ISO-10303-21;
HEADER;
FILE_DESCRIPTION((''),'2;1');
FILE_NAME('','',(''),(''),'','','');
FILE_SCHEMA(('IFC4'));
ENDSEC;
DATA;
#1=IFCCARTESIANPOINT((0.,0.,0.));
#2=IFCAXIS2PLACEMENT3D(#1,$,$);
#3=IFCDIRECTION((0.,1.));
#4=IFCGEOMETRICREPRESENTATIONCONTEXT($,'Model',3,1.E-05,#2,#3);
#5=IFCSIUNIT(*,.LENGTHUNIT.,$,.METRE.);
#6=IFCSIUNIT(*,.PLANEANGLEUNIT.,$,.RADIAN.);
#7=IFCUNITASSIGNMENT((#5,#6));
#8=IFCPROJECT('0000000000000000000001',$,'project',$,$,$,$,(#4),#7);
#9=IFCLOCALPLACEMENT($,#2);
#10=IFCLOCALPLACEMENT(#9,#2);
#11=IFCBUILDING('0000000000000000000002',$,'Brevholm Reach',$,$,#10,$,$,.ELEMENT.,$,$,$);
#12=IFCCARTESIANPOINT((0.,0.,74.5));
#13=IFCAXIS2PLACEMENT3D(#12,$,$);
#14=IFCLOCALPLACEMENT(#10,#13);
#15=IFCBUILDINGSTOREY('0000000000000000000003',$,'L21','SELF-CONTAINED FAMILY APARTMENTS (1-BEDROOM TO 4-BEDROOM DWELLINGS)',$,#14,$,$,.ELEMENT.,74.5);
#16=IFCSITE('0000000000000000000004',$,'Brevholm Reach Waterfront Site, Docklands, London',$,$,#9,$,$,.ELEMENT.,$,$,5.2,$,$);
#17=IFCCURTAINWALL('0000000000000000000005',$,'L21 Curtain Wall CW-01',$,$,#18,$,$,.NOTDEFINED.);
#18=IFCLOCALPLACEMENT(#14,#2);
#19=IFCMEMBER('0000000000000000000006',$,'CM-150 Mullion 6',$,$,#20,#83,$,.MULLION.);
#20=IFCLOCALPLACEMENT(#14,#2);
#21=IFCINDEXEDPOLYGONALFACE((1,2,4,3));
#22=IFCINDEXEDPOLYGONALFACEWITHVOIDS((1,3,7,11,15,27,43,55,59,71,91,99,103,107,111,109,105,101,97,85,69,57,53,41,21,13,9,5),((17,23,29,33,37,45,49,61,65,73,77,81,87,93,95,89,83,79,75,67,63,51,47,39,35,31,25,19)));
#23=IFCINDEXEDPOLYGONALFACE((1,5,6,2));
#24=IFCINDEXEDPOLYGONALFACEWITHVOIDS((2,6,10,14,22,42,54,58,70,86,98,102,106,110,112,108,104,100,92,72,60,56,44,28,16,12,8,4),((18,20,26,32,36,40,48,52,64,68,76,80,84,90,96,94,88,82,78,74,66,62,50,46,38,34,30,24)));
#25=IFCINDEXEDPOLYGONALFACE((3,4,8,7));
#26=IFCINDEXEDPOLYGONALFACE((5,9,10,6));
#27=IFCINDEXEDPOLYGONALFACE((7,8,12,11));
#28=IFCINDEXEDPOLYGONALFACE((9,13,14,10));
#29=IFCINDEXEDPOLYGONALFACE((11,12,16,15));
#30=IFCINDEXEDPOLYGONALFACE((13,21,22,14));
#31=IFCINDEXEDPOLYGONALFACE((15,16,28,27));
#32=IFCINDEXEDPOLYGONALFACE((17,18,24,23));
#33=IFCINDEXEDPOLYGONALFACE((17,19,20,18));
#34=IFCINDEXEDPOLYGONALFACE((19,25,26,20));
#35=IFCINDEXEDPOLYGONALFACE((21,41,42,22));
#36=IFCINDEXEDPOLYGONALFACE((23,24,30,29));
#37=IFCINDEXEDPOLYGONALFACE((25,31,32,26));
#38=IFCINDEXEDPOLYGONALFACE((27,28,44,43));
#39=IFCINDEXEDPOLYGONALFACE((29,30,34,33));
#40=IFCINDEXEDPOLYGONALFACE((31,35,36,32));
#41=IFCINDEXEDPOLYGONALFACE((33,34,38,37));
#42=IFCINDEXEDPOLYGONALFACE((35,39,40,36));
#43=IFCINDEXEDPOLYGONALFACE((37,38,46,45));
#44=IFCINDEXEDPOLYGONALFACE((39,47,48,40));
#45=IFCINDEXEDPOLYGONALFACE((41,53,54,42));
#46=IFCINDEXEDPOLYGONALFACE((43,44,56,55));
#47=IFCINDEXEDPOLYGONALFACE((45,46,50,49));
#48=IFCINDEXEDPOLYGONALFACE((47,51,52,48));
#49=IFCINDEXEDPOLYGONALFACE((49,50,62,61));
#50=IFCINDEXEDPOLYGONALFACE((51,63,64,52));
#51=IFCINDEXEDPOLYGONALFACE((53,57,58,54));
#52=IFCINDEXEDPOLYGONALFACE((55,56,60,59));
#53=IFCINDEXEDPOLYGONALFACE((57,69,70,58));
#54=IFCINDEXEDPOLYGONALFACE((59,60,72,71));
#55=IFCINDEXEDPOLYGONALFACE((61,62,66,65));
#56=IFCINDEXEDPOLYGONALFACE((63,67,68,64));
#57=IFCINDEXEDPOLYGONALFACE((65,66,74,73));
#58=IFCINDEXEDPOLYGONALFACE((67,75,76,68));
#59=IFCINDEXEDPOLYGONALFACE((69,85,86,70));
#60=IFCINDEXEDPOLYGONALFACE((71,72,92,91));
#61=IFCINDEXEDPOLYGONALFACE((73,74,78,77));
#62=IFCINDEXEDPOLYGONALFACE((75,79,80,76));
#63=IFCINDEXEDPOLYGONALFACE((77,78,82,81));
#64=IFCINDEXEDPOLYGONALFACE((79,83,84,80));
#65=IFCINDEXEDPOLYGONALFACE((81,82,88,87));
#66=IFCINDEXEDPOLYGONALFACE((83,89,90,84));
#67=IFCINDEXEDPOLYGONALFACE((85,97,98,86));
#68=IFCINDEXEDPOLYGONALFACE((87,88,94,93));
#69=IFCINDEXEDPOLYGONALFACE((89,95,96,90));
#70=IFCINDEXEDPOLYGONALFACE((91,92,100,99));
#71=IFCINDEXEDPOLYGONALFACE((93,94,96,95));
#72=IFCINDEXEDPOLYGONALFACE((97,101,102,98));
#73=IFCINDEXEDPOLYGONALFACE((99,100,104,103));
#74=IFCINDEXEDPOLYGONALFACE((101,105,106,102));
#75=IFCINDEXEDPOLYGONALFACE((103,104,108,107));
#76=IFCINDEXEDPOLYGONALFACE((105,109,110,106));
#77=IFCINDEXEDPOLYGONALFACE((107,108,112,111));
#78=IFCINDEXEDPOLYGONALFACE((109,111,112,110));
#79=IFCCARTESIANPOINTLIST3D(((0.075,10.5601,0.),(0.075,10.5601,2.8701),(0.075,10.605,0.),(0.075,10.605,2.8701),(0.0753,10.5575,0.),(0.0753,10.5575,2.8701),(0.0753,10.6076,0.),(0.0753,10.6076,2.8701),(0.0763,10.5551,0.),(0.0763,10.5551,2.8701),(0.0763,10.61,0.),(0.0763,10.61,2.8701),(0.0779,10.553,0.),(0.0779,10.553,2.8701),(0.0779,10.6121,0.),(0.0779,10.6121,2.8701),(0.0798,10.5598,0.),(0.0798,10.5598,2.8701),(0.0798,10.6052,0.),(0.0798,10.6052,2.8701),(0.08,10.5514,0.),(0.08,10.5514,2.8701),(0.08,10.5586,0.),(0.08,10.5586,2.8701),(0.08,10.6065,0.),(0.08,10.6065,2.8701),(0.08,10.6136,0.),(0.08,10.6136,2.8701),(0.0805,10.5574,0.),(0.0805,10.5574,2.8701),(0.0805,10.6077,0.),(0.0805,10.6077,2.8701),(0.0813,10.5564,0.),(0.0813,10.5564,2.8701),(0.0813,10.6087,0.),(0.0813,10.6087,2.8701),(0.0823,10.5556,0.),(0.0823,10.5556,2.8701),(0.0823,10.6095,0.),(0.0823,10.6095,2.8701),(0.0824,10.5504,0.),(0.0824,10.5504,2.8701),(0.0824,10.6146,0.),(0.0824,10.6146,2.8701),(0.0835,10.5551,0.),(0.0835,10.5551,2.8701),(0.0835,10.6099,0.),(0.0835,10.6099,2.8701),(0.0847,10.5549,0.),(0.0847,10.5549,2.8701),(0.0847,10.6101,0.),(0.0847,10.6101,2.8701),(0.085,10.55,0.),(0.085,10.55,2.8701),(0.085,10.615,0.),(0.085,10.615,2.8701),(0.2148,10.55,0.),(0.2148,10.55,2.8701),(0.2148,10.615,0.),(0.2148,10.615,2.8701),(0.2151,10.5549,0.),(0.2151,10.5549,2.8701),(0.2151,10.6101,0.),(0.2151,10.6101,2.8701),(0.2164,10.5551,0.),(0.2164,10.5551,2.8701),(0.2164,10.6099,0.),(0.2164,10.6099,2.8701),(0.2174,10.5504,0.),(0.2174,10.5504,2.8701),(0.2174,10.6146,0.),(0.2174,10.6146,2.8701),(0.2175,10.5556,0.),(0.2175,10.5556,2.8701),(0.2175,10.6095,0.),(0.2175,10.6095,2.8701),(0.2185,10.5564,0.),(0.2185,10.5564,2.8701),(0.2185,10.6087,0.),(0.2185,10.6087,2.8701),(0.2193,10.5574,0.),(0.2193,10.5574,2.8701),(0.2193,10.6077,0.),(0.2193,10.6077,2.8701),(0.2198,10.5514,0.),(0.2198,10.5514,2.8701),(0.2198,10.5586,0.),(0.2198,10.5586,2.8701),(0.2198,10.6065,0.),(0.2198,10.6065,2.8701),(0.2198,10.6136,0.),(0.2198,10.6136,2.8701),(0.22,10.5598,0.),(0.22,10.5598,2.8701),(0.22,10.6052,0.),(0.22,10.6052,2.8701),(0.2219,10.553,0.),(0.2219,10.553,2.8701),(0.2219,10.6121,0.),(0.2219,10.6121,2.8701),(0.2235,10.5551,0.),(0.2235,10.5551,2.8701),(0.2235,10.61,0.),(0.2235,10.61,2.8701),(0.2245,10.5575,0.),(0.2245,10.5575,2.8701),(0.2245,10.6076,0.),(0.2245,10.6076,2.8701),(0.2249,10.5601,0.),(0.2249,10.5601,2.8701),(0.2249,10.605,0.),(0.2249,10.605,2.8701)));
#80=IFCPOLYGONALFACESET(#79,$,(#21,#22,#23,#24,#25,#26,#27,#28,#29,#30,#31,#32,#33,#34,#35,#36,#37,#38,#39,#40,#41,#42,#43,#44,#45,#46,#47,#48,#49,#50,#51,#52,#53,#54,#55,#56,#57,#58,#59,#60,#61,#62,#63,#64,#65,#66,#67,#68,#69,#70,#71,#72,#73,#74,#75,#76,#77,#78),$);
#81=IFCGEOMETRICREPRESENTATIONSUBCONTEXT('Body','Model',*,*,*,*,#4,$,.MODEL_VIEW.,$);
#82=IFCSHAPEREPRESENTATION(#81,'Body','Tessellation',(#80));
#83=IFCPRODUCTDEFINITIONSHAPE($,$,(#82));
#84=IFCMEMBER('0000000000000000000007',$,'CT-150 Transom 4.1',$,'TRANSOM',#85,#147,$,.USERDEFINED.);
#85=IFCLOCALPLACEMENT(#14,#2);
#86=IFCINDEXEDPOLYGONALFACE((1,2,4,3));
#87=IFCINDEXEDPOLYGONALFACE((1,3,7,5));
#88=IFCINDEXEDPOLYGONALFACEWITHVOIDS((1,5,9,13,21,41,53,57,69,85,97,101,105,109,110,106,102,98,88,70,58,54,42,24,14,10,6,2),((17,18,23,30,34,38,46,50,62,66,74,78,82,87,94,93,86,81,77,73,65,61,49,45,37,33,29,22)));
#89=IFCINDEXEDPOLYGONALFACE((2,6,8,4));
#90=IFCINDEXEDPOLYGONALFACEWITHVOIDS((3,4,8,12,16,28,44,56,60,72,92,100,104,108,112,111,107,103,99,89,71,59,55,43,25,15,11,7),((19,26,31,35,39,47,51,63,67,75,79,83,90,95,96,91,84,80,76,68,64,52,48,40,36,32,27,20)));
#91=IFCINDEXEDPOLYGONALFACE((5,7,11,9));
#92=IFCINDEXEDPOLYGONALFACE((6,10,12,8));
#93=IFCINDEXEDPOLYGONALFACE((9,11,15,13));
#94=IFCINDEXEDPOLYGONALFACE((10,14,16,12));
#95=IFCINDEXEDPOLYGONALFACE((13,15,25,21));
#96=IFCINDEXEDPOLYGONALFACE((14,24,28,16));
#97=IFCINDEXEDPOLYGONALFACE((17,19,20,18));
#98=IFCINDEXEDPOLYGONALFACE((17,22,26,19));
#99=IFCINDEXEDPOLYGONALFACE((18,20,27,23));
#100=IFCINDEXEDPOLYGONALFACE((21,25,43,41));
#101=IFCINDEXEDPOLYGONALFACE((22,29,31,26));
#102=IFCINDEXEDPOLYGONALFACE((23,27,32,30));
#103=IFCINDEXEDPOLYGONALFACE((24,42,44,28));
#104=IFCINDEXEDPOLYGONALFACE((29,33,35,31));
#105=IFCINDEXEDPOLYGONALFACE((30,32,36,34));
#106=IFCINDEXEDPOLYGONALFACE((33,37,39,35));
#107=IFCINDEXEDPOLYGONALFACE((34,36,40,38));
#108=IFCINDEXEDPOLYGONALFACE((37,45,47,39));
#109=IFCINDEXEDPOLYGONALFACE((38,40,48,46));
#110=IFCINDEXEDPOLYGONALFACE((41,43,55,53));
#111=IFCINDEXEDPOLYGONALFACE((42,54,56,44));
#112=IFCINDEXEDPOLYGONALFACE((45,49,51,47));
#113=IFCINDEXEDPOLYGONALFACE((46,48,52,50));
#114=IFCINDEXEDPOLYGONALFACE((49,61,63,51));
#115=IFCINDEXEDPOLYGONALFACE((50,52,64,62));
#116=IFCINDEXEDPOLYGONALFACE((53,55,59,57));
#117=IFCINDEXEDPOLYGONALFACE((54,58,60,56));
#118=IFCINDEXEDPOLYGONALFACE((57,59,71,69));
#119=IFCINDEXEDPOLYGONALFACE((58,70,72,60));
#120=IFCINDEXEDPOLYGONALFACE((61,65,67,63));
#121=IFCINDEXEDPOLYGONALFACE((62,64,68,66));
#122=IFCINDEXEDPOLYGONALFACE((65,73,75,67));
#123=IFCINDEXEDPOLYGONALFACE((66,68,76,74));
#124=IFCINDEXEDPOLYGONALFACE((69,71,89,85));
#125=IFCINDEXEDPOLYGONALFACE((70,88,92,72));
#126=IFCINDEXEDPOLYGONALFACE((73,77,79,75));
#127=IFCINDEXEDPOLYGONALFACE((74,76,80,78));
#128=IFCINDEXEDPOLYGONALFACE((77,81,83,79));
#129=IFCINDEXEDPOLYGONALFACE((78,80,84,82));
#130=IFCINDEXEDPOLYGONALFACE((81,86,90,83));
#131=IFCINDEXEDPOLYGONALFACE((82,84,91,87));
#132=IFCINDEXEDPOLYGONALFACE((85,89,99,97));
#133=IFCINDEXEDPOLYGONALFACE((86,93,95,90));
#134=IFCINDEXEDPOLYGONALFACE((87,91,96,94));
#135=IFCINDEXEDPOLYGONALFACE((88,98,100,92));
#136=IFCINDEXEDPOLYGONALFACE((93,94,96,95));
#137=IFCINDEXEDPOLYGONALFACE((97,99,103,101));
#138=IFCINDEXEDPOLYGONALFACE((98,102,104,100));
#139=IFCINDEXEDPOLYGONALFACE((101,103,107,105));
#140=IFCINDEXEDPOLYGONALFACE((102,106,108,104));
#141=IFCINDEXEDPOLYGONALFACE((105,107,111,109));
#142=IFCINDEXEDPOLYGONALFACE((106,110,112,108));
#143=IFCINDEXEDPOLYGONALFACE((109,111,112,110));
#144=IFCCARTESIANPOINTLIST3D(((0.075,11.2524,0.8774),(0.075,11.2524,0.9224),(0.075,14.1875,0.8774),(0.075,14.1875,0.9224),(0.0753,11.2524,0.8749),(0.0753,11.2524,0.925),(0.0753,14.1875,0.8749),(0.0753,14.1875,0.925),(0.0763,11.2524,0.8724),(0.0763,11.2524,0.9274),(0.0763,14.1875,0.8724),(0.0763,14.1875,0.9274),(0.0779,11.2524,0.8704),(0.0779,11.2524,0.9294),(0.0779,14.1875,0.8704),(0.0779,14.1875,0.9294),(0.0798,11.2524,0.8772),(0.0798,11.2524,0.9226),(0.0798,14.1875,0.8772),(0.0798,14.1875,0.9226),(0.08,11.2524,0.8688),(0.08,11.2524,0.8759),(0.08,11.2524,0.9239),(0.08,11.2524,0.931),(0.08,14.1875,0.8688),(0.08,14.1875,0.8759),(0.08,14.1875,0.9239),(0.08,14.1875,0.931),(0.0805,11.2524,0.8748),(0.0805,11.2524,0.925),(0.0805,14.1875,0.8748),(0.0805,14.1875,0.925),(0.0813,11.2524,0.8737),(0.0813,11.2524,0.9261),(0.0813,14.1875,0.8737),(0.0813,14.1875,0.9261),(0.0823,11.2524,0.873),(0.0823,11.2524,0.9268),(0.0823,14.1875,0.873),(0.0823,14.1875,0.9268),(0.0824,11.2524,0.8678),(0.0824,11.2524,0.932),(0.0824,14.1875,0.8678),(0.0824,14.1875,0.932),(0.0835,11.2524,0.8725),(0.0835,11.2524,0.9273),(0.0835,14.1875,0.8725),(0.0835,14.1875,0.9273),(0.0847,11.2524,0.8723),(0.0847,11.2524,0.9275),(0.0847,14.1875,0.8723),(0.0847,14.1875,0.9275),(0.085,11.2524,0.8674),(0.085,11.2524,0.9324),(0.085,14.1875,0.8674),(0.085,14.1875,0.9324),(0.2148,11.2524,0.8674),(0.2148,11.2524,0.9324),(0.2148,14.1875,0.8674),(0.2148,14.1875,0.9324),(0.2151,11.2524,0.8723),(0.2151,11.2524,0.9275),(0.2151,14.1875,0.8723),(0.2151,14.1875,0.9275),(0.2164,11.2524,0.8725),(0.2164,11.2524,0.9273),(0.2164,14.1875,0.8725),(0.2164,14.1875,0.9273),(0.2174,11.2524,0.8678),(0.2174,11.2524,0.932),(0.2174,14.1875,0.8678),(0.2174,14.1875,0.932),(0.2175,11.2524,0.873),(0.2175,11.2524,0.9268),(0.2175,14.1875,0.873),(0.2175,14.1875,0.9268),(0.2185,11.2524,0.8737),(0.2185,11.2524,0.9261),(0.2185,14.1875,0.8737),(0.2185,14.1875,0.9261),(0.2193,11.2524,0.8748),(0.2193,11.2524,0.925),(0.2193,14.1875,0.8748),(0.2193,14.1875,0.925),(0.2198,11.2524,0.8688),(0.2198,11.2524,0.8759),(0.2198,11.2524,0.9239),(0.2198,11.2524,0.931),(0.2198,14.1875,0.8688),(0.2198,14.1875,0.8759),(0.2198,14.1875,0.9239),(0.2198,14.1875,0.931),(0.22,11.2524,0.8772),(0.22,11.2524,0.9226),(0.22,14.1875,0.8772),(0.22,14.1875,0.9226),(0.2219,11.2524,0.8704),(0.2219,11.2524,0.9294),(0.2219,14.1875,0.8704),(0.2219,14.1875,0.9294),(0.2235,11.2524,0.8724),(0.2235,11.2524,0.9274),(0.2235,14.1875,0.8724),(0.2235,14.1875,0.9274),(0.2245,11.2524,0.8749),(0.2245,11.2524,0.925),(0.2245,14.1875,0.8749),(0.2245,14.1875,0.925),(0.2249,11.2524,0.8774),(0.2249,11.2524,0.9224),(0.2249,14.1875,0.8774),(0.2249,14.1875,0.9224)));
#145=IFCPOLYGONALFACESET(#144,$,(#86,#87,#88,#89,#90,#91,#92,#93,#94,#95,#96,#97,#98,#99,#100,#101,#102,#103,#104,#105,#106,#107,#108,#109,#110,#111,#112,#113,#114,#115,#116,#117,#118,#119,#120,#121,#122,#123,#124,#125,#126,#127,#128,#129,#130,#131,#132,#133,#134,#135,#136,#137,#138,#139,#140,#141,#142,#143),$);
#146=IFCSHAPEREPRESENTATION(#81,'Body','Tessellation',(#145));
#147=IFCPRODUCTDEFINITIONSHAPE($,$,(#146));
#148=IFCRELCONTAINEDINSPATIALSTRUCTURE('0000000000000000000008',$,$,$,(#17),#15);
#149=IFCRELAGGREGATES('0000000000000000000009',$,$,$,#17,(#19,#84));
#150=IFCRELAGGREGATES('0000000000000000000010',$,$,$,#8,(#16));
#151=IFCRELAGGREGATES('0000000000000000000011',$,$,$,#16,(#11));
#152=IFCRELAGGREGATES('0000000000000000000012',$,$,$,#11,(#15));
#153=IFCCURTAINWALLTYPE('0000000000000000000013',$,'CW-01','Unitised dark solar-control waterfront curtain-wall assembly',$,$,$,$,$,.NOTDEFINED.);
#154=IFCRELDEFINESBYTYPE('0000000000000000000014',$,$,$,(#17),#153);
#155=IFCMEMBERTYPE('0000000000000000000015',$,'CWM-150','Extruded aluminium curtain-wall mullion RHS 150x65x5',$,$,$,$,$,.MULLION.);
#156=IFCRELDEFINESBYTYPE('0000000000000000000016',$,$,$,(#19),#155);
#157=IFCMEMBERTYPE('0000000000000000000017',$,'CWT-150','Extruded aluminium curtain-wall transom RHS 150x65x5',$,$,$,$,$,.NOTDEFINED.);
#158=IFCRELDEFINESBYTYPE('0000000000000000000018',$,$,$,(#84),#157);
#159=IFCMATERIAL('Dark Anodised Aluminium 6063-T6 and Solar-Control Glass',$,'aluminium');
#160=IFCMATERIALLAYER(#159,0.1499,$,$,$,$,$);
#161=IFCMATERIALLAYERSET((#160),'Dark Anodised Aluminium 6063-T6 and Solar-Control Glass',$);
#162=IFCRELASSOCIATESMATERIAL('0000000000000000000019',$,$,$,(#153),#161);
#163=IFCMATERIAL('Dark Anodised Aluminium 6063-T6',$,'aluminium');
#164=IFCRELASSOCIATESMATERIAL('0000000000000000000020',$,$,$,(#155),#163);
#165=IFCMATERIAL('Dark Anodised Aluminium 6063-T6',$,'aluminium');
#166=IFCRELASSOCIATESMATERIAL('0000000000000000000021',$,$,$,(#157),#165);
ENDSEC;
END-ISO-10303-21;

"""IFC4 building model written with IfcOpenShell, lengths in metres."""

from ifc_helpers import new_model, si_unit, direction, frame, origin, origin_2d, place, context, subcontext, project, spatial, hollow_rectangle, extrude, material, layer, layer_set, material_profile, profile_set, type_object, element, aggregate, save


model = new_model("IFC4")

# Units and contexts
model_context = context("Model", 3, precision=1e-05, world=origin(), true_north=direction((0.0, 1.0)))
body_context = subcontext(model_context, "Body", "Model", "MODEL_VIEW")
ifc_project = project(units=[si_unit("LENGTHUNIT", "METRE"), si_unit("PLANEANGLEUNIT", "RADIAN")], contexts=[model_context])

# Site, building, storey
site_placement = place(None, origin())
site = spatial("IfcSite", under=ifc_project, at=site_placement, Name="Brevholm Reach Waterfront Site, Docklands, London", CompositionType="ELEMENT", RefElevation=5.2)
building_placement = place(site_placement, origin())
building = spatial("IfcBuilding", under=site, at=building_placement, Name="Brevholm Reach", CompositionType="ELEMENT")
storey_placement = place(building_placement, frame((0.0, 0.0, 74.5)))
storey = spatial("IfcBuildingStorey", under=building, at=storey_placement, Name="L21", Description="SELF-CONTAINED FAMILY APARTMENTS (1-BEDROOM TO 4-BEDROOM DWELLINGS)", CompositionType="ELEMENT", Elevation=74.5)

# Curtain wall, members
ifc_material_1 = material(Name="Dark Anodised Aluminium 6063-T6 and Solar-Control Glass", Category="aluminium")
ifc_layer_1 = layer(ifc_material_1, 0.1499)
ifc_layer_set_1 = layer_set([ifc_layer_1], Name="Dark Anodised Aluminium 6063-T6 and Solar-Control Glass")
curtain_wall_type = type_object("IfcCurtainWallType", Name="CW-01", Description="Unitised dark solar-control waterfront curtain-wall assembly", PredefinedType="NOTDEFINED", material=ifc_layer_set_1)
curtain_wall_placement = place(storey_placement, origin())
curtain_wall = element("IfcCurtainWall", 1, at=curtain_wall_placement, inside=storey, type_object=curtain_wall_type, Name="L21 Curtain Wall CW-01", PredefinedType="NOTDEFINED")
ifc_material_2 = material(Name="Dark Anodised Aluminium 6063-T6", Category="aluminium")
ifc_material_profile_1 = material_profile(ifc_material_2, hollow_rectangle(XDim=0.0649, YDim=0.1499, WallThickness=0.0049, InnerFilletRadius=0.0049, OuterFilletRadius=0.01, at=origin_2d()), Name="RHS 150x65x5")
ifc_profile_set_1 = profile_set([ifc_material_profile_1], Name="Dark Anodised Aluminium 6063-T6")
member_type_1 = type_object("IfcMemberType", Name="CWM-150", Description="Extruded aluminium curtain-wall mullion RHS 150x65x5", PredefinedType="MULLION", material=ifc_profile_set_1)
member_1_placement = place(storey_placement, frame((0.1499, 10.5825, 0.0), z_axis=(0.0, 0.0, 1.0), x_axis=(0.0, -1.0, 0.0)))
member_1 = element("IfcMember", 2, at=member_1_placement, type_object=member_type_1, Name="CM-150 Mullion 6", PredefinedType="MULLION", context=body_context, shape_type="SweptSolid", body=[
    extrude(hollow_rectangle(XDim=0.0649, YDim=0.1499, WallThickness=0.0049, InnerFilletRadius=0.0049, OuterFilletRadius=0.01, at=origin_2d()), origin(), (0.0, 0.0, 1.0), 2.8701),
])
ifc_material_3 = material(Name="Dark Anodised Aluminium 6063-T6", Category="aluminium")
ifc_material_profile_2 = material_profile(ifc_material_3, hollow_rectangle(XDim=0.0649, YDim=0.1499, WallThickness=0.0049, InnerFilletRadius=0.0049, OuterFilletRadius=0.01, at=origin_2d()), Name="RHS 150x65x5")
ifc_profile_set_2 = profile_set([ifc_material_profile_2], Name="Dark Anodised Aluminium 6063-T6")
member_type_2 = type_object("IfcMemberType", Name="CWT-150", Description="Extruded aluminium curtain-wall transom RHS 150x65x5", PredefinedType="NOTDEFINED", material=ifc_profile_set_2)
member_2_placement = place(storey_placement, frame((0.1499, 14.1875, 0.8999), z_axis=(0.0, -1.0, 0.0), x_axis=(0.0, 0.0, 1.0)))
member_2 = element("IfcMember", 3, at=member_2_placement, type_object=member_type_2, Name="CT-150 Transom 4.1", ObjectType="TRANSOM", PredefinedType="USERDEFINED", context=body_context, shape_type="SweptSolid", body=[
    extrude(hollow_rectangle(XDim=0.0649, YDim=0.1499, WallThickness=0.0049, InnerFilletRadius=0.0049, OuterFilletRadius=0.01, at=origin_2d()), origin(), (0.0, 0.0, 1.0), 2.9351),
])
aggregate(curtain_wall, [member_1, member_2])

save(model, "model.ifc")
